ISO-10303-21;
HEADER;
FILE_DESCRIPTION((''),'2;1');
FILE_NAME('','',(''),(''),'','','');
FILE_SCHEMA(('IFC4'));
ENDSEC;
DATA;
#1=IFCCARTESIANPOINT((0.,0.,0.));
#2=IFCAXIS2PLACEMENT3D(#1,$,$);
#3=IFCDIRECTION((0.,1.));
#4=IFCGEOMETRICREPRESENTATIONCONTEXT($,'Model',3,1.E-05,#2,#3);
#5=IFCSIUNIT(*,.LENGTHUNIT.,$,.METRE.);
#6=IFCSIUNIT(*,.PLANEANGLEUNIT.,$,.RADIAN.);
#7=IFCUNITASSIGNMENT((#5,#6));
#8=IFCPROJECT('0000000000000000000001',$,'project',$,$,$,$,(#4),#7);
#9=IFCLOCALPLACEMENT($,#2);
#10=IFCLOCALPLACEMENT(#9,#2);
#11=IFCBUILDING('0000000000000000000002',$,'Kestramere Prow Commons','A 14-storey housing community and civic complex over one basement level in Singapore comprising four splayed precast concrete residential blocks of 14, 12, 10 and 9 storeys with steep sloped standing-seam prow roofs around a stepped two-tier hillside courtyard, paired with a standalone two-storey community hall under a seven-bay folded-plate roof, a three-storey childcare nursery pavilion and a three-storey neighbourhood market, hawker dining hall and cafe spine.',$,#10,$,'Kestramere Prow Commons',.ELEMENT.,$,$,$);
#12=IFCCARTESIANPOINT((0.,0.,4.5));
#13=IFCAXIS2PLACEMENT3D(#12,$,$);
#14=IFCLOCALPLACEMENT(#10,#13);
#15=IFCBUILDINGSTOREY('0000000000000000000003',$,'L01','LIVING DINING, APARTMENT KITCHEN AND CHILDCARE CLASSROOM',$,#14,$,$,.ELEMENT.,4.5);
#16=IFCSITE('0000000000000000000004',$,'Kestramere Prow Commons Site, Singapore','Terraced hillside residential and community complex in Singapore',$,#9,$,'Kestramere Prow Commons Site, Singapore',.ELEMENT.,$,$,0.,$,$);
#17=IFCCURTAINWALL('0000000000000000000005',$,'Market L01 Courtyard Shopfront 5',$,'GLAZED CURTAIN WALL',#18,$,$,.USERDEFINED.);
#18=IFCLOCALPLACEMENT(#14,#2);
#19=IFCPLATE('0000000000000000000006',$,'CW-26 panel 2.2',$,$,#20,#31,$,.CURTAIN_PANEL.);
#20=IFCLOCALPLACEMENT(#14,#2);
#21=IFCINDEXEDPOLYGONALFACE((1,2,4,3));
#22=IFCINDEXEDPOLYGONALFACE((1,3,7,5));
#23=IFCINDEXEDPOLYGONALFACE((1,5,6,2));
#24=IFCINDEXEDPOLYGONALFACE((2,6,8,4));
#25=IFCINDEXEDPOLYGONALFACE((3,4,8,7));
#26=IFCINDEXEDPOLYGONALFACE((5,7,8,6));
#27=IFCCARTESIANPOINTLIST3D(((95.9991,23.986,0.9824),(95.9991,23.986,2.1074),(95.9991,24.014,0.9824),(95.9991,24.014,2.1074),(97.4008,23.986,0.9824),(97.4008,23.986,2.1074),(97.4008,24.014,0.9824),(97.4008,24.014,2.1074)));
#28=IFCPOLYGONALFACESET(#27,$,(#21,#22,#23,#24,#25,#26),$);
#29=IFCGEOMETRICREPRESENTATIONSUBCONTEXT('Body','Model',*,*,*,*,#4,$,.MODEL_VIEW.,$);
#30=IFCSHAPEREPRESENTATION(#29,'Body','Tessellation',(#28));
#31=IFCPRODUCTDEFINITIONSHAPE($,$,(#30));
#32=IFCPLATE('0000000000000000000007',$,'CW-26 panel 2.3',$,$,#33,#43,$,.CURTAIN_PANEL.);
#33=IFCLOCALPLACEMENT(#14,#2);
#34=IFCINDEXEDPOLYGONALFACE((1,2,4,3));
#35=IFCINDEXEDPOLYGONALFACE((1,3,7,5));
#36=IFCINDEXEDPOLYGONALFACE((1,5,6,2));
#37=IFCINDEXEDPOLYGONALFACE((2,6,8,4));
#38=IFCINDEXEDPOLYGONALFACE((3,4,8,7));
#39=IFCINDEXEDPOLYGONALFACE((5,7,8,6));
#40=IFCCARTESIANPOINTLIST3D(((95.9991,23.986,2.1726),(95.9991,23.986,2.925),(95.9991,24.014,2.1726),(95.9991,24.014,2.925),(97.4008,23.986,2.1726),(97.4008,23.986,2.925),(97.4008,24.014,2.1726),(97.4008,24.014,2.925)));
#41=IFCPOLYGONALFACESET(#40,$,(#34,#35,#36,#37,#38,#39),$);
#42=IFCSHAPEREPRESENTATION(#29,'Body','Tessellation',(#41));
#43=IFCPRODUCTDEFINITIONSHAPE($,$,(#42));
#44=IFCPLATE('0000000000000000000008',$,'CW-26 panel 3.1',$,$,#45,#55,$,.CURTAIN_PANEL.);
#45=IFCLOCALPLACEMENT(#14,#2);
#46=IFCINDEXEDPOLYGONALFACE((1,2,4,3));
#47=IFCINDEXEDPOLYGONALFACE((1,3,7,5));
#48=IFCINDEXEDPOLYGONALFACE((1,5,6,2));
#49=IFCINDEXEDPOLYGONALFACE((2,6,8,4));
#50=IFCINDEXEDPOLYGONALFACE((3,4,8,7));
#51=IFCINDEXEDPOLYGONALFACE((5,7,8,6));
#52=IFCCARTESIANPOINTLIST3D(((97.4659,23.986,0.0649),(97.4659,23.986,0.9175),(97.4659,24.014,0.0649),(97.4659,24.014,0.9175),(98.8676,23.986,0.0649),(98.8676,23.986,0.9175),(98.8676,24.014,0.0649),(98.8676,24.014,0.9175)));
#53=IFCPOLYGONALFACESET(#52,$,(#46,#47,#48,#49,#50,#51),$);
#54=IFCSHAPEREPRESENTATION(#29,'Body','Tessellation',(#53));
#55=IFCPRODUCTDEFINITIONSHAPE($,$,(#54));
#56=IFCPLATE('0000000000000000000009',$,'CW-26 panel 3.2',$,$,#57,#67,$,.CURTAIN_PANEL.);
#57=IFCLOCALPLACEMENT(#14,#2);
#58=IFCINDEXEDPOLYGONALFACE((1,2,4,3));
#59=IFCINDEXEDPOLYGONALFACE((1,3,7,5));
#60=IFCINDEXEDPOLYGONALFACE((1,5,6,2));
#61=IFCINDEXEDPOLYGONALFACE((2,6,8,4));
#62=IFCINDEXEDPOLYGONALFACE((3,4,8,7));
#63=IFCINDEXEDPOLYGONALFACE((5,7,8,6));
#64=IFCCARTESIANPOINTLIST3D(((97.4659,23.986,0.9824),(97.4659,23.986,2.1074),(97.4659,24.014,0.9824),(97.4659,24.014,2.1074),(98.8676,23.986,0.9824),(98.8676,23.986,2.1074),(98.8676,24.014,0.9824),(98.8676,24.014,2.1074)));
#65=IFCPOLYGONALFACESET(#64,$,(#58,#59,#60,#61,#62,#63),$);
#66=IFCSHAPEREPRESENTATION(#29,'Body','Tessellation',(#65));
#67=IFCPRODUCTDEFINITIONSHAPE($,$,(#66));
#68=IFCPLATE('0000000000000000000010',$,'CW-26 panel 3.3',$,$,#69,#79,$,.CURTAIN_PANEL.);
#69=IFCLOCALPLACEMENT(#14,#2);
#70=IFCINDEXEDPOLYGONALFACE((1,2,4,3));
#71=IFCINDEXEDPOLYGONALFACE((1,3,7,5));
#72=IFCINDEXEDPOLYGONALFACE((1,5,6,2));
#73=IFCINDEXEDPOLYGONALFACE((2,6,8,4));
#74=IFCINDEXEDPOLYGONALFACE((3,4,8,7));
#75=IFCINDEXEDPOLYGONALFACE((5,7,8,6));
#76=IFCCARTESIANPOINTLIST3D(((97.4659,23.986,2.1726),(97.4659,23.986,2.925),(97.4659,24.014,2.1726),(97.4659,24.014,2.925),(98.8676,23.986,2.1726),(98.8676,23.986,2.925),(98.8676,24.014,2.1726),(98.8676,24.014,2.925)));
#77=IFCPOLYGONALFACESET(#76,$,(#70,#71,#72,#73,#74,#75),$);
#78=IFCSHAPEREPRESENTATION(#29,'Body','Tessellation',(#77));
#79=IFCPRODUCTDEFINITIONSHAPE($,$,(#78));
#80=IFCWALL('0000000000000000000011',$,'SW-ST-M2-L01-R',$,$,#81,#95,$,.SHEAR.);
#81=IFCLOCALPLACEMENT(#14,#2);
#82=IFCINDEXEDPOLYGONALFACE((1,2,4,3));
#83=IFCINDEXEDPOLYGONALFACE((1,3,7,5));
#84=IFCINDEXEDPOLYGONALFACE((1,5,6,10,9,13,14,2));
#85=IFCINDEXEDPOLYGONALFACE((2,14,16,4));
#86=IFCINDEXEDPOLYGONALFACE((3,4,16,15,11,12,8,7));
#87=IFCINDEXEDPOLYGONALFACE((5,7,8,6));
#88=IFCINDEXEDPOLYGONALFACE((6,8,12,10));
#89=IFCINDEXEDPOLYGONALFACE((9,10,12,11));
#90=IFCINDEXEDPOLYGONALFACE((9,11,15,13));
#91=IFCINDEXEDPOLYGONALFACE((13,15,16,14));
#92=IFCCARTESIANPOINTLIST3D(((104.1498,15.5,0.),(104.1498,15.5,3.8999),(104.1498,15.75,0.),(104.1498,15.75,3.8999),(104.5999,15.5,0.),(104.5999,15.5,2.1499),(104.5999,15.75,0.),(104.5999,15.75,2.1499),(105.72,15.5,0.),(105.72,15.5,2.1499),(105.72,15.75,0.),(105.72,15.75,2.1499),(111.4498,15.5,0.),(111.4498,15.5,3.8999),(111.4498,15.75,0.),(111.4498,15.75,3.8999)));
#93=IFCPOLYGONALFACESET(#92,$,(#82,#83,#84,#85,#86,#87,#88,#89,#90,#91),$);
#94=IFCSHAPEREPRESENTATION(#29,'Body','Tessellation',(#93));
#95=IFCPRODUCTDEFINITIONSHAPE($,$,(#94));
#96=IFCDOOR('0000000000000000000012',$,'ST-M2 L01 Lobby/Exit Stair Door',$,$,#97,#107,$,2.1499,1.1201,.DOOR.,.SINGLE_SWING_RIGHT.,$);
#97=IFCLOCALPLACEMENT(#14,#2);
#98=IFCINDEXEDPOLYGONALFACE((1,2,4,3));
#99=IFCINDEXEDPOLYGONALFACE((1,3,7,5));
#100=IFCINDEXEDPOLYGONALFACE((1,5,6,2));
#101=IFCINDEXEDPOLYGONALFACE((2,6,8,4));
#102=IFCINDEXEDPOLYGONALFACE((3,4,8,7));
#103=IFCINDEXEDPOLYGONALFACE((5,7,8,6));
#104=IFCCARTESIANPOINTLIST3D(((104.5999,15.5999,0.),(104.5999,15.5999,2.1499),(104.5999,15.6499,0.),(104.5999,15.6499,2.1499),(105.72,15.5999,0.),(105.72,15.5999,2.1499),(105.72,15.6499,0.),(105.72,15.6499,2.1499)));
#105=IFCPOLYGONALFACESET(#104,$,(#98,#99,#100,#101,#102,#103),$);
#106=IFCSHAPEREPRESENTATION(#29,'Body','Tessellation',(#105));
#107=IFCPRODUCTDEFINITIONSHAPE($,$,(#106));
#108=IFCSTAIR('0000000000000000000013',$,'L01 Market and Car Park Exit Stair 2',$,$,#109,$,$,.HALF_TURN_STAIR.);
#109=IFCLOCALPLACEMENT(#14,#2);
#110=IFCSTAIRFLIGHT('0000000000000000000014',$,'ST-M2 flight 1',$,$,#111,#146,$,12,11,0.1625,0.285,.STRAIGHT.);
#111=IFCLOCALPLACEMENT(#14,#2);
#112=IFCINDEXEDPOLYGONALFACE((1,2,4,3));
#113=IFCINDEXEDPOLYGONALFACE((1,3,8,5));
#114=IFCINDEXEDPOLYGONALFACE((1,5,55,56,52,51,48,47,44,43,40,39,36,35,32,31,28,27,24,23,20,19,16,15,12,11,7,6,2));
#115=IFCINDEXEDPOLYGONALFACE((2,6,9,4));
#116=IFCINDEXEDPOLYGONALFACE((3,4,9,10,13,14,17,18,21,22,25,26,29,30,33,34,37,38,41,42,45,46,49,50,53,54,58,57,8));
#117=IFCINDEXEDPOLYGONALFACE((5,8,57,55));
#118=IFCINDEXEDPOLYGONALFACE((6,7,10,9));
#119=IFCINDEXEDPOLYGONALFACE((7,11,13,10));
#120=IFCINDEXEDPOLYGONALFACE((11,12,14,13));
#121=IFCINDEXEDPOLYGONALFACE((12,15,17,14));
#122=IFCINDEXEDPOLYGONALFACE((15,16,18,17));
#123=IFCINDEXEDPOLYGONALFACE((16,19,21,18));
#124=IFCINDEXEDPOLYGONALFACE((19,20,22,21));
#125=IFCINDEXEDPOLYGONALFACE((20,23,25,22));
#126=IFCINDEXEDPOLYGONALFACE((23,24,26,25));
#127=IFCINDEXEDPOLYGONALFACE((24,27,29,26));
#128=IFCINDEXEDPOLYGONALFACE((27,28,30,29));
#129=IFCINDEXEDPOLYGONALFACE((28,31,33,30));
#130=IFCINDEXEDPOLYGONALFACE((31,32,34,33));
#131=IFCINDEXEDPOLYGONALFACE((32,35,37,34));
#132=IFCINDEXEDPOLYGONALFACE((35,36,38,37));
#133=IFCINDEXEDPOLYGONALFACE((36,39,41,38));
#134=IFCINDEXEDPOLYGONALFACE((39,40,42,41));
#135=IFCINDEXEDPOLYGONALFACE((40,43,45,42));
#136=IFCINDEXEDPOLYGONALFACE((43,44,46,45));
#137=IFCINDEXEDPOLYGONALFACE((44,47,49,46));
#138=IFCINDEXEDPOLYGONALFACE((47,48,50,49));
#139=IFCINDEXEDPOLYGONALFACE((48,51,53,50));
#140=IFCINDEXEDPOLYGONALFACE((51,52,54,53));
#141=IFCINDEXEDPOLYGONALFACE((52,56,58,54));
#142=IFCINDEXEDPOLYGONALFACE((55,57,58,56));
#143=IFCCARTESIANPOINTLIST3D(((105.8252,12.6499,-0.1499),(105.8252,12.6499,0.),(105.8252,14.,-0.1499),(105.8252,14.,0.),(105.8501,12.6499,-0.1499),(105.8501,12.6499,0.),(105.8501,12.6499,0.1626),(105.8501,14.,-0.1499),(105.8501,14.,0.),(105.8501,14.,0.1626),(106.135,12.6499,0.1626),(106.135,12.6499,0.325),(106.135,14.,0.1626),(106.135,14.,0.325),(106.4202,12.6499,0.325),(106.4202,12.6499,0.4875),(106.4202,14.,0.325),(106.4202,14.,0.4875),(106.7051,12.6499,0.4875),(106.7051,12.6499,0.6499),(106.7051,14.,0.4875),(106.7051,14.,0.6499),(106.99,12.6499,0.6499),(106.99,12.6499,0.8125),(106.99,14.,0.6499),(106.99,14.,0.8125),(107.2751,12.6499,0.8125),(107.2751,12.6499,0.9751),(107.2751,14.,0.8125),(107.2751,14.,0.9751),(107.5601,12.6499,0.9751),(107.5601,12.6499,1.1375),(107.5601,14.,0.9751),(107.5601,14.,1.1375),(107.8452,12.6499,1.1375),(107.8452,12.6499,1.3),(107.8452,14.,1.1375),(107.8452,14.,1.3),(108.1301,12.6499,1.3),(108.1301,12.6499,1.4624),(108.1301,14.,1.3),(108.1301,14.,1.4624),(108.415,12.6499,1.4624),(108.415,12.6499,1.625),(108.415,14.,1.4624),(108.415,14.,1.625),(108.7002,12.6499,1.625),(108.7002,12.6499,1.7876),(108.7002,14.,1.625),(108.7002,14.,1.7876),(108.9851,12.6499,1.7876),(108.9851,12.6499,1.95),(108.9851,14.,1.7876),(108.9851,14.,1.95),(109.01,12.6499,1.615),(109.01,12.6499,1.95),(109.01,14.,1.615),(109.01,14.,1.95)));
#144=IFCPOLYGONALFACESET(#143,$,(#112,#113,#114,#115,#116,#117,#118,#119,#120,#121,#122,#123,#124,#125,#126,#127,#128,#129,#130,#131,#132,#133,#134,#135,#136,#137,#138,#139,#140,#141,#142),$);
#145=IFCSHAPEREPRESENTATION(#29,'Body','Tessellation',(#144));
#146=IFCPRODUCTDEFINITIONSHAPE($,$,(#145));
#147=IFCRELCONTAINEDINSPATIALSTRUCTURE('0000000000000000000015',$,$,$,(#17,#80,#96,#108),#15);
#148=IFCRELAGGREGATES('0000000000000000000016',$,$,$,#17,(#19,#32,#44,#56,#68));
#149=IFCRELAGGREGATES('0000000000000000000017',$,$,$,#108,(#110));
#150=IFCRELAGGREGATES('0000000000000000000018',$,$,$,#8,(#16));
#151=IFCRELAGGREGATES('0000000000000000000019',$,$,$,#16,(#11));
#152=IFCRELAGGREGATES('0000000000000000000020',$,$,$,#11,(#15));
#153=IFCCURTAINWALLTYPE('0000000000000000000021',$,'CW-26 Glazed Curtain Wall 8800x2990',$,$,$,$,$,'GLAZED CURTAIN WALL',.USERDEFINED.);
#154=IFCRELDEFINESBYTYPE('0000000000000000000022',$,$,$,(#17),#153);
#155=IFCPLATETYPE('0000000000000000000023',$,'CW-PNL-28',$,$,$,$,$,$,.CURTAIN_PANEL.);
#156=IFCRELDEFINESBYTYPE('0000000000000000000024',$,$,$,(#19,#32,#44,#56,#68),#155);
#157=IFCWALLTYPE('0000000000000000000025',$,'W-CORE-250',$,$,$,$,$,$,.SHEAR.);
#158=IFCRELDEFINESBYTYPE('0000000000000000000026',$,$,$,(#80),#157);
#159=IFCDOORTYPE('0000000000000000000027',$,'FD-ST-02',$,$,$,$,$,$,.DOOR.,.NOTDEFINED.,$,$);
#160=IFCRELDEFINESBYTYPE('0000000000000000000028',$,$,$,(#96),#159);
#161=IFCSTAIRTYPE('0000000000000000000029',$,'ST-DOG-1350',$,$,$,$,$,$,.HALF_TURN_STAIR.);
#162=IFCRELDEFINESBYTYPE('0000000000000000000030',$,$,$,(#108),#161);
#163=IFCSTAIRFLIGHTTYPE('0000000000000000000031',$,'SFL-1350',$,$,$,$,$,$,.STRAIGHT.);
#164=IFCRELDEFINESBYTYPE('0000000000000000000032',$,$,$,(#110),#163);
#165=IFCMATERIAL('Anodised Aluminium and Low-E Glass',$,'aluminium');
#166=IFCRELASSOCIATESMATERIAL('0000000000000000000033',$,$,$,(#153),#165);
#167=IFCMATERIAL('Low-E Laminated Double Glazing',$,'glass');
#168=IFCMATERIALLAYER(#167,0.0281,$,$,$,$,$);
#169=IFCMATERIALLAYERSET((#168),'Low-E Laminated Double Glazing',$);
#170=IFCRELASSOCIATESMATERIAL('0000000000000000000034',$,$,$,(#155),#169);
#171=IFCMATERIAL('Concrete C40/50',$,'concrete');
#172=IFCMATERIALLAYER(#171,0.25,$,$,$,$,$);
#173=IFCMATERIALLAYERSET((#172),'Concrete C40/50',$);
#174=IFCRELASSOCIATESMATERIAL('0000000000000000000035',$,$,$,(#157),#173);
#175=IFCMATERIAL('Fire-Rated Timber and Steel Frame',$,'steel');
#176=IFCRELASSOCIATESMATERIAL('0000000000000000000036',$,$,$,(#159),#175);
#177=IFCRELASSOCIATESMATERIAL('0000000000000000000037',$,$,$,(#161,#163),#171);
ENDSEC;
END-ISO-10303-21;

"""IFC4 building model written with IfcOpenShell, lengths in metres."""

from ifc_helpers import new_model, si_unit, direction, frame, frame_2d, origin, origin_2d, place, context, subcontext, project, spatial, polyline, rectangle, outline, extrude, material, layer, layer_set, type_object, element, fill, aggregate, save


model = new_model("IFC4")

# Units and contexts
model_context = context("Model", 3, precision=1e-05, world=origin(), true_north=direction((0.0, 1.0)))
body_context = subcontext(model_context, "Body", "Model", "MODEL_VIEW")
ifc_project = project(units=[si_unit("LENGTHUNIT", "METRE"), si_unit("PLANEANGLEUNIT", "RADIAN")], contexts=[model_context])

# Site, building, storey
site_placement = place(None, origin())
site = spatial("IfcSite", under=ifc_project, at=site_placement, Name="Kestramere Prow Commons Site, Singapore", Description="Terraced hillside residential and community complex in Singapore", LongName="Kestramere Prow Commons Site, Singapore", CompositionType="ELEMENT", RefElevation=0.0)
building_placement = place(site_placement, origin())
building = spatial("IfcBuilding", under=site, at=building_placement, Name="Kestramere Prow Commons", Description="A 14-storey housing community and civic complex over one basement level in Singapore comprising four splayed precast concrete residential blocks of 14, 12, 10 and 9 storeys with steep sloped standing-seam prow roofs around a stepped two-tier hillside courtyard, paired with a standalone two-storey community hall under a seven-bay folded-plate roof, a three-storey childcare nursery pavilion and a three-storey neighbourhood market, hawker dining hall and cafe spine.", LongName="Kestramere Prow Commons", CompositionType="ELEMENT")
storey_placement = place(building_placement, frame((0.0, 0.0, 4.5)))
storey = spatial("IfcBuildingStorey", under=building, at=storey_placement, Name="L01", Description="LIVING DINING, APARTMENT KITCHEN AND CHILDCARE CLASSROOM", CompositionType="ELEMENT", Elevation=4.5)

# Curtain wall, plates
ifc_material_1 = material(Name="Anodised Aluminium and Low-E Glass", Category="aluminium")
curtain_wall_type = type_object("IfcCurtainWallType", Name="CW-26 Glazed Curtain Wall 8800x2990", ElementType="GLAZED CURTAIN WALL", PredefinedType="USERDEFINED", material=ifc_material_1)
curtain_wall_placement = place(storey_placement, origin())
curtain_wall = element("IfcCurtainWall", 1, at=curtain_wall_placement, inside=storey, type_object=curtain_wall_type, Name="Market L01 Courtyard Shopfront 5", ObjectType="GLAZED CURTAIN WALL", PredefinedType="USERDEFINED")
ifc_material_2 = material(Name="Low-E Laminated Double Glazing", Category="glass")
ifc_layer_1 = layer(ifc_material_2, 0.0281)
ifc_layer_set_1 = layer_set([ifc_layer_1], Name="Low-E Laminated Double Glazing")
plate_type = type_object("IfcPlateType", Name="CW-PNL-28", PredefinedType="CURTAIN_PANEL", material=ifc_layer_set_1)
plate_1_placement = place(storey_placement, frame((96.7, 24.0, 0.9824), z_axis=(0.0, 0.0, 1.0), x_axis=(1.0, 0.0, 0.0)))
plate_1 = element("IfcPlate", 2, at=plate_1_placement, type_object=plate_type, Name="CW-26 panel 2.2", PredefinedType="CURTAIN_PANEL", context=body_context, shape_type="SweptSolid", body=[
    extrude(rectangle(XDim=1.4016, YDim=0.0281, at=origin_2d()), origin(), (0.0, 0.0, 1.0), 1.125),
])
plate_2_placement = place(storey_placement, frame((96.7, 24.0, 2.1726), z_axis=(0.0, 0.0, 1.0), x_axis=(1.0, 0.0, 0.0)))
plate_2 = element("IfcPlate", 3, at=plate_2_placement, type_object=plate_type, Name="CW-26 panel 2.3", PredefinedType="CURTAIN_PANEL", context=body_context, shape_type="SweptSolid", body=[
    extrude(rectangle(XDim=1.4016, YDim=0.0281, at=origin_2d()), origin(), (0.0, 0.0, 1.0), 0.7524),
])
plate_3_placement = place(storey_placement, frame((98.1667, 24.0, 0.0649), z_axis=(0.0, 0.0, 1.0), x_axis=(1.0, 0.0, 0.0)))
plate_3 = element("IfcPlate", 4, at=plate_3_placement, type_object=plate_type, Name="CW-26 panel 3.1", PredefinedType="CURTAIN_PANEL", context=body_context, shape_type="SweptSolid", body=[
    extrude(rectangle(XDim=1.4016, YDim=0.0281, at=origin_2d()), origin(), (0.0, 0.0, 1.0), 0.8525),
])
plate_4_placement = place(storey_placement, frame((98.1667, 24.0, 0.9824), z_axis=(0.0, 0.0, 1.0), x_axis=(1.0, 0.0, 0.0)))
plate_4 = element("IfcPlate", 5, at=plate_4_placement, type_object=plate_type, Name="CW-26 panel 3.2", PredefinedType="CURTAIN_PANEL", context=body_context, shape_type="SweptSolid", body=[
    extrude(rectangle(XDim=1.4016, YDim=0.0281, at=origin_2d()), origin(), (0.0, 0.0, 1.0), 1.125),
])
plate_5_placement = place(storey_placement, frame((98.1667, 24.0, 2.1726), z_axis=(0.0, 0.0, 1.0), x_axis=(1.0, 0.0, 0.0)))
plate_5 = element("IfcPlate", 6, at=plate_5_placement, type_object=plate_type, Name="CW-26 panel 3.3", PredefinedType="CURTAIN_PANEL", context=body_context, shape_type="SweptSolid", body=[
    extrude(rectangle(XDim=1.4016, YDim=0.0281, at=origin_2d()), origin(), (0.0, 0.0, 1.0), 0.7524),
])
aggregate(curtain_wall, [plate_1, plate_2, plate_3, plate_4, plate_5])

# Wall, opening, door
ifc_material_3 = material(Name="Concrete C40/50", Category="concrete")
ifc_layer_2 = layer(ifc_material_3, 0.25)
ifc_layer_set_2 = layer_set([ifc_layer_2], Name="Concrete C40/50")
wall_type = type_object("IfcWallType", Name="W-CORE-250", PredefinedType="SHEAR", material=ifc_layer_set_2)
wall_placement = place(storey_placement, frame((104.1499, 15.625, 0.0), z_axis=(0.0, 0.0, 1.0), x_axis=(1.0, 0.0, 0.0)))
wall = element("IfcWall", 7, at=wall_placement, inside=storey, type_object=wall_type, Name="SW-ST-M2-L01-R", PredefinedType="SHEAR", context=body_context, shape_type="SweptSolid", body=[
    extrude(rectangle(XDim=7.3, YDim=0.25, at=frame_2d((3.6499, 0.0))), origin(), (0.0, 0.0, 1.0), 3.8999),
])
opening_placement = place(wall_placement, frame((0.45, 0.0, 0.0)))
opening = element("IfcOpeningElement", 8, at=opening_placement, cuts=wall, PredefinedType="OPENING", context=body_context, shape_type="SweptSolid", body=[
    extrude(rectangle(XDim=1.1201, YDim=2.1499, at=frame_2d((0.5601, 1.075))), frame((0.0, 0.1399, 0.0), z_axis=(0.0, -1.0, 0.0), x_axis=(1.0, 0.0, 0.0)), (0.0, 0.0, 1.0), 0.28),
])
ifc_material_4 = material(Name="Fire-Rated Timber and Steel Frame", Category="steel")
door_type = type_object("IfcDoorType", Name="FD-ST-02", OperationType="NOTDEFINED", PredefinedType="DOOR", material=ifc_material_4)
door_placement = place(opening_placement, origin())
door = element("IfcDoor", 9, at=door_placement, inside=storey, type_object=door_type, Name="ST-M2 L01 Lobby/Exit Stair Door", OperationType="SINGLE_SWING_RIGHT", OverallHeight=2.1499, OverallWidth=1.1201, PredefinedType="DOOR", context=body_context, shape_type="SweptSolid", body=[
    extrude(rectangle(XDim=1.1201, YDim=2.1499, at=frame_2d((0.5601, 1.075))), frame((0.0, 0.0249, 0.0), z_axis=(0.0, -1.0, 0.0), x_axis=(1.0, 0.0, 0.0)), (0.0, 0.0, 1.0), 0.05),
])
fill(opening, door)

# Stair, stair flight
stair_type = type_object("IfcStairType", Name="ST-DOG-1350", PredefinedType="HALF_TURN_STAIR", material=ifc_material_3)
stair_placement = place(storey_placement, origin())
stair = element("IfcStair", 10, at=stair_placement, inside=storey, type_object=stair_type, Name="L01 Market and Car Park Exit Stair 2", PredefinedType="HALF_TURN_STAIR")
stair_flight_type = type_object("IfcStairFlightType", Name="SFL-1350", PredefinedType="STRAIGHT", material=ifc_material_3)
stair_flight_placement = place(storey_placement, frame((105.8501, 13.325, 0.0), z_axis=(0.0, 0.0, 1.0), x_axis=(1.0, 0.0, 0.0)))
stair_flight = element("IfcStairFlight", 11, at=stair_flight_placement, type_object=stair_flight_type, Name="ST-M2 flight 1", NumberOfRisers=12, NumberOfTreads=11, PredefinedType="STRAIGHT", RiserHeight=0.1625, TreadLength=0.285, context=body_context, shape_type="SweptSolid", body=[
    extrude(outline(polyline([(-0.0249, 0.0), (0.0, 0.0), (0.0, 0.1626), (0.2849, 0.1626), (0.2849, 0.325), (0.5701, 0.325), (0.5701, 0.4875), (0.855, 0.4875), (0.855, 0.6499), (1.1399, 0.6499), (1.1399, 0.8125), (1.425, 0.8125), (1.425, 0.9751), (1.71, 0.9751), (1.71, 1.1375), (1.9951, 1.1375), (1.9951, 1.3), (2.28, 1.3), (2.28, 1.4624), (2.5649, 1.4624), (2.5649, 1.625), (2.8501, 1.625), (2.8501, 1.7876), (3.135, 1.7876), (3.135, 1.95), (3.1599, 1.95), (3.1599, 1.615), (0.0, -0.1499), (-0.0249, -0.1499), (-0.0249, 0.0)])), frame((0.0, 0.675, 0.0), z_axis=(0.0, -1.0, 0.0), x_axis=(1.0, 0.0, 0.0)), (0.0, 0.0, 1.0), 1.3501),
])
aggregate(stair, [stair_flight])

save(model, "model.ifc")
